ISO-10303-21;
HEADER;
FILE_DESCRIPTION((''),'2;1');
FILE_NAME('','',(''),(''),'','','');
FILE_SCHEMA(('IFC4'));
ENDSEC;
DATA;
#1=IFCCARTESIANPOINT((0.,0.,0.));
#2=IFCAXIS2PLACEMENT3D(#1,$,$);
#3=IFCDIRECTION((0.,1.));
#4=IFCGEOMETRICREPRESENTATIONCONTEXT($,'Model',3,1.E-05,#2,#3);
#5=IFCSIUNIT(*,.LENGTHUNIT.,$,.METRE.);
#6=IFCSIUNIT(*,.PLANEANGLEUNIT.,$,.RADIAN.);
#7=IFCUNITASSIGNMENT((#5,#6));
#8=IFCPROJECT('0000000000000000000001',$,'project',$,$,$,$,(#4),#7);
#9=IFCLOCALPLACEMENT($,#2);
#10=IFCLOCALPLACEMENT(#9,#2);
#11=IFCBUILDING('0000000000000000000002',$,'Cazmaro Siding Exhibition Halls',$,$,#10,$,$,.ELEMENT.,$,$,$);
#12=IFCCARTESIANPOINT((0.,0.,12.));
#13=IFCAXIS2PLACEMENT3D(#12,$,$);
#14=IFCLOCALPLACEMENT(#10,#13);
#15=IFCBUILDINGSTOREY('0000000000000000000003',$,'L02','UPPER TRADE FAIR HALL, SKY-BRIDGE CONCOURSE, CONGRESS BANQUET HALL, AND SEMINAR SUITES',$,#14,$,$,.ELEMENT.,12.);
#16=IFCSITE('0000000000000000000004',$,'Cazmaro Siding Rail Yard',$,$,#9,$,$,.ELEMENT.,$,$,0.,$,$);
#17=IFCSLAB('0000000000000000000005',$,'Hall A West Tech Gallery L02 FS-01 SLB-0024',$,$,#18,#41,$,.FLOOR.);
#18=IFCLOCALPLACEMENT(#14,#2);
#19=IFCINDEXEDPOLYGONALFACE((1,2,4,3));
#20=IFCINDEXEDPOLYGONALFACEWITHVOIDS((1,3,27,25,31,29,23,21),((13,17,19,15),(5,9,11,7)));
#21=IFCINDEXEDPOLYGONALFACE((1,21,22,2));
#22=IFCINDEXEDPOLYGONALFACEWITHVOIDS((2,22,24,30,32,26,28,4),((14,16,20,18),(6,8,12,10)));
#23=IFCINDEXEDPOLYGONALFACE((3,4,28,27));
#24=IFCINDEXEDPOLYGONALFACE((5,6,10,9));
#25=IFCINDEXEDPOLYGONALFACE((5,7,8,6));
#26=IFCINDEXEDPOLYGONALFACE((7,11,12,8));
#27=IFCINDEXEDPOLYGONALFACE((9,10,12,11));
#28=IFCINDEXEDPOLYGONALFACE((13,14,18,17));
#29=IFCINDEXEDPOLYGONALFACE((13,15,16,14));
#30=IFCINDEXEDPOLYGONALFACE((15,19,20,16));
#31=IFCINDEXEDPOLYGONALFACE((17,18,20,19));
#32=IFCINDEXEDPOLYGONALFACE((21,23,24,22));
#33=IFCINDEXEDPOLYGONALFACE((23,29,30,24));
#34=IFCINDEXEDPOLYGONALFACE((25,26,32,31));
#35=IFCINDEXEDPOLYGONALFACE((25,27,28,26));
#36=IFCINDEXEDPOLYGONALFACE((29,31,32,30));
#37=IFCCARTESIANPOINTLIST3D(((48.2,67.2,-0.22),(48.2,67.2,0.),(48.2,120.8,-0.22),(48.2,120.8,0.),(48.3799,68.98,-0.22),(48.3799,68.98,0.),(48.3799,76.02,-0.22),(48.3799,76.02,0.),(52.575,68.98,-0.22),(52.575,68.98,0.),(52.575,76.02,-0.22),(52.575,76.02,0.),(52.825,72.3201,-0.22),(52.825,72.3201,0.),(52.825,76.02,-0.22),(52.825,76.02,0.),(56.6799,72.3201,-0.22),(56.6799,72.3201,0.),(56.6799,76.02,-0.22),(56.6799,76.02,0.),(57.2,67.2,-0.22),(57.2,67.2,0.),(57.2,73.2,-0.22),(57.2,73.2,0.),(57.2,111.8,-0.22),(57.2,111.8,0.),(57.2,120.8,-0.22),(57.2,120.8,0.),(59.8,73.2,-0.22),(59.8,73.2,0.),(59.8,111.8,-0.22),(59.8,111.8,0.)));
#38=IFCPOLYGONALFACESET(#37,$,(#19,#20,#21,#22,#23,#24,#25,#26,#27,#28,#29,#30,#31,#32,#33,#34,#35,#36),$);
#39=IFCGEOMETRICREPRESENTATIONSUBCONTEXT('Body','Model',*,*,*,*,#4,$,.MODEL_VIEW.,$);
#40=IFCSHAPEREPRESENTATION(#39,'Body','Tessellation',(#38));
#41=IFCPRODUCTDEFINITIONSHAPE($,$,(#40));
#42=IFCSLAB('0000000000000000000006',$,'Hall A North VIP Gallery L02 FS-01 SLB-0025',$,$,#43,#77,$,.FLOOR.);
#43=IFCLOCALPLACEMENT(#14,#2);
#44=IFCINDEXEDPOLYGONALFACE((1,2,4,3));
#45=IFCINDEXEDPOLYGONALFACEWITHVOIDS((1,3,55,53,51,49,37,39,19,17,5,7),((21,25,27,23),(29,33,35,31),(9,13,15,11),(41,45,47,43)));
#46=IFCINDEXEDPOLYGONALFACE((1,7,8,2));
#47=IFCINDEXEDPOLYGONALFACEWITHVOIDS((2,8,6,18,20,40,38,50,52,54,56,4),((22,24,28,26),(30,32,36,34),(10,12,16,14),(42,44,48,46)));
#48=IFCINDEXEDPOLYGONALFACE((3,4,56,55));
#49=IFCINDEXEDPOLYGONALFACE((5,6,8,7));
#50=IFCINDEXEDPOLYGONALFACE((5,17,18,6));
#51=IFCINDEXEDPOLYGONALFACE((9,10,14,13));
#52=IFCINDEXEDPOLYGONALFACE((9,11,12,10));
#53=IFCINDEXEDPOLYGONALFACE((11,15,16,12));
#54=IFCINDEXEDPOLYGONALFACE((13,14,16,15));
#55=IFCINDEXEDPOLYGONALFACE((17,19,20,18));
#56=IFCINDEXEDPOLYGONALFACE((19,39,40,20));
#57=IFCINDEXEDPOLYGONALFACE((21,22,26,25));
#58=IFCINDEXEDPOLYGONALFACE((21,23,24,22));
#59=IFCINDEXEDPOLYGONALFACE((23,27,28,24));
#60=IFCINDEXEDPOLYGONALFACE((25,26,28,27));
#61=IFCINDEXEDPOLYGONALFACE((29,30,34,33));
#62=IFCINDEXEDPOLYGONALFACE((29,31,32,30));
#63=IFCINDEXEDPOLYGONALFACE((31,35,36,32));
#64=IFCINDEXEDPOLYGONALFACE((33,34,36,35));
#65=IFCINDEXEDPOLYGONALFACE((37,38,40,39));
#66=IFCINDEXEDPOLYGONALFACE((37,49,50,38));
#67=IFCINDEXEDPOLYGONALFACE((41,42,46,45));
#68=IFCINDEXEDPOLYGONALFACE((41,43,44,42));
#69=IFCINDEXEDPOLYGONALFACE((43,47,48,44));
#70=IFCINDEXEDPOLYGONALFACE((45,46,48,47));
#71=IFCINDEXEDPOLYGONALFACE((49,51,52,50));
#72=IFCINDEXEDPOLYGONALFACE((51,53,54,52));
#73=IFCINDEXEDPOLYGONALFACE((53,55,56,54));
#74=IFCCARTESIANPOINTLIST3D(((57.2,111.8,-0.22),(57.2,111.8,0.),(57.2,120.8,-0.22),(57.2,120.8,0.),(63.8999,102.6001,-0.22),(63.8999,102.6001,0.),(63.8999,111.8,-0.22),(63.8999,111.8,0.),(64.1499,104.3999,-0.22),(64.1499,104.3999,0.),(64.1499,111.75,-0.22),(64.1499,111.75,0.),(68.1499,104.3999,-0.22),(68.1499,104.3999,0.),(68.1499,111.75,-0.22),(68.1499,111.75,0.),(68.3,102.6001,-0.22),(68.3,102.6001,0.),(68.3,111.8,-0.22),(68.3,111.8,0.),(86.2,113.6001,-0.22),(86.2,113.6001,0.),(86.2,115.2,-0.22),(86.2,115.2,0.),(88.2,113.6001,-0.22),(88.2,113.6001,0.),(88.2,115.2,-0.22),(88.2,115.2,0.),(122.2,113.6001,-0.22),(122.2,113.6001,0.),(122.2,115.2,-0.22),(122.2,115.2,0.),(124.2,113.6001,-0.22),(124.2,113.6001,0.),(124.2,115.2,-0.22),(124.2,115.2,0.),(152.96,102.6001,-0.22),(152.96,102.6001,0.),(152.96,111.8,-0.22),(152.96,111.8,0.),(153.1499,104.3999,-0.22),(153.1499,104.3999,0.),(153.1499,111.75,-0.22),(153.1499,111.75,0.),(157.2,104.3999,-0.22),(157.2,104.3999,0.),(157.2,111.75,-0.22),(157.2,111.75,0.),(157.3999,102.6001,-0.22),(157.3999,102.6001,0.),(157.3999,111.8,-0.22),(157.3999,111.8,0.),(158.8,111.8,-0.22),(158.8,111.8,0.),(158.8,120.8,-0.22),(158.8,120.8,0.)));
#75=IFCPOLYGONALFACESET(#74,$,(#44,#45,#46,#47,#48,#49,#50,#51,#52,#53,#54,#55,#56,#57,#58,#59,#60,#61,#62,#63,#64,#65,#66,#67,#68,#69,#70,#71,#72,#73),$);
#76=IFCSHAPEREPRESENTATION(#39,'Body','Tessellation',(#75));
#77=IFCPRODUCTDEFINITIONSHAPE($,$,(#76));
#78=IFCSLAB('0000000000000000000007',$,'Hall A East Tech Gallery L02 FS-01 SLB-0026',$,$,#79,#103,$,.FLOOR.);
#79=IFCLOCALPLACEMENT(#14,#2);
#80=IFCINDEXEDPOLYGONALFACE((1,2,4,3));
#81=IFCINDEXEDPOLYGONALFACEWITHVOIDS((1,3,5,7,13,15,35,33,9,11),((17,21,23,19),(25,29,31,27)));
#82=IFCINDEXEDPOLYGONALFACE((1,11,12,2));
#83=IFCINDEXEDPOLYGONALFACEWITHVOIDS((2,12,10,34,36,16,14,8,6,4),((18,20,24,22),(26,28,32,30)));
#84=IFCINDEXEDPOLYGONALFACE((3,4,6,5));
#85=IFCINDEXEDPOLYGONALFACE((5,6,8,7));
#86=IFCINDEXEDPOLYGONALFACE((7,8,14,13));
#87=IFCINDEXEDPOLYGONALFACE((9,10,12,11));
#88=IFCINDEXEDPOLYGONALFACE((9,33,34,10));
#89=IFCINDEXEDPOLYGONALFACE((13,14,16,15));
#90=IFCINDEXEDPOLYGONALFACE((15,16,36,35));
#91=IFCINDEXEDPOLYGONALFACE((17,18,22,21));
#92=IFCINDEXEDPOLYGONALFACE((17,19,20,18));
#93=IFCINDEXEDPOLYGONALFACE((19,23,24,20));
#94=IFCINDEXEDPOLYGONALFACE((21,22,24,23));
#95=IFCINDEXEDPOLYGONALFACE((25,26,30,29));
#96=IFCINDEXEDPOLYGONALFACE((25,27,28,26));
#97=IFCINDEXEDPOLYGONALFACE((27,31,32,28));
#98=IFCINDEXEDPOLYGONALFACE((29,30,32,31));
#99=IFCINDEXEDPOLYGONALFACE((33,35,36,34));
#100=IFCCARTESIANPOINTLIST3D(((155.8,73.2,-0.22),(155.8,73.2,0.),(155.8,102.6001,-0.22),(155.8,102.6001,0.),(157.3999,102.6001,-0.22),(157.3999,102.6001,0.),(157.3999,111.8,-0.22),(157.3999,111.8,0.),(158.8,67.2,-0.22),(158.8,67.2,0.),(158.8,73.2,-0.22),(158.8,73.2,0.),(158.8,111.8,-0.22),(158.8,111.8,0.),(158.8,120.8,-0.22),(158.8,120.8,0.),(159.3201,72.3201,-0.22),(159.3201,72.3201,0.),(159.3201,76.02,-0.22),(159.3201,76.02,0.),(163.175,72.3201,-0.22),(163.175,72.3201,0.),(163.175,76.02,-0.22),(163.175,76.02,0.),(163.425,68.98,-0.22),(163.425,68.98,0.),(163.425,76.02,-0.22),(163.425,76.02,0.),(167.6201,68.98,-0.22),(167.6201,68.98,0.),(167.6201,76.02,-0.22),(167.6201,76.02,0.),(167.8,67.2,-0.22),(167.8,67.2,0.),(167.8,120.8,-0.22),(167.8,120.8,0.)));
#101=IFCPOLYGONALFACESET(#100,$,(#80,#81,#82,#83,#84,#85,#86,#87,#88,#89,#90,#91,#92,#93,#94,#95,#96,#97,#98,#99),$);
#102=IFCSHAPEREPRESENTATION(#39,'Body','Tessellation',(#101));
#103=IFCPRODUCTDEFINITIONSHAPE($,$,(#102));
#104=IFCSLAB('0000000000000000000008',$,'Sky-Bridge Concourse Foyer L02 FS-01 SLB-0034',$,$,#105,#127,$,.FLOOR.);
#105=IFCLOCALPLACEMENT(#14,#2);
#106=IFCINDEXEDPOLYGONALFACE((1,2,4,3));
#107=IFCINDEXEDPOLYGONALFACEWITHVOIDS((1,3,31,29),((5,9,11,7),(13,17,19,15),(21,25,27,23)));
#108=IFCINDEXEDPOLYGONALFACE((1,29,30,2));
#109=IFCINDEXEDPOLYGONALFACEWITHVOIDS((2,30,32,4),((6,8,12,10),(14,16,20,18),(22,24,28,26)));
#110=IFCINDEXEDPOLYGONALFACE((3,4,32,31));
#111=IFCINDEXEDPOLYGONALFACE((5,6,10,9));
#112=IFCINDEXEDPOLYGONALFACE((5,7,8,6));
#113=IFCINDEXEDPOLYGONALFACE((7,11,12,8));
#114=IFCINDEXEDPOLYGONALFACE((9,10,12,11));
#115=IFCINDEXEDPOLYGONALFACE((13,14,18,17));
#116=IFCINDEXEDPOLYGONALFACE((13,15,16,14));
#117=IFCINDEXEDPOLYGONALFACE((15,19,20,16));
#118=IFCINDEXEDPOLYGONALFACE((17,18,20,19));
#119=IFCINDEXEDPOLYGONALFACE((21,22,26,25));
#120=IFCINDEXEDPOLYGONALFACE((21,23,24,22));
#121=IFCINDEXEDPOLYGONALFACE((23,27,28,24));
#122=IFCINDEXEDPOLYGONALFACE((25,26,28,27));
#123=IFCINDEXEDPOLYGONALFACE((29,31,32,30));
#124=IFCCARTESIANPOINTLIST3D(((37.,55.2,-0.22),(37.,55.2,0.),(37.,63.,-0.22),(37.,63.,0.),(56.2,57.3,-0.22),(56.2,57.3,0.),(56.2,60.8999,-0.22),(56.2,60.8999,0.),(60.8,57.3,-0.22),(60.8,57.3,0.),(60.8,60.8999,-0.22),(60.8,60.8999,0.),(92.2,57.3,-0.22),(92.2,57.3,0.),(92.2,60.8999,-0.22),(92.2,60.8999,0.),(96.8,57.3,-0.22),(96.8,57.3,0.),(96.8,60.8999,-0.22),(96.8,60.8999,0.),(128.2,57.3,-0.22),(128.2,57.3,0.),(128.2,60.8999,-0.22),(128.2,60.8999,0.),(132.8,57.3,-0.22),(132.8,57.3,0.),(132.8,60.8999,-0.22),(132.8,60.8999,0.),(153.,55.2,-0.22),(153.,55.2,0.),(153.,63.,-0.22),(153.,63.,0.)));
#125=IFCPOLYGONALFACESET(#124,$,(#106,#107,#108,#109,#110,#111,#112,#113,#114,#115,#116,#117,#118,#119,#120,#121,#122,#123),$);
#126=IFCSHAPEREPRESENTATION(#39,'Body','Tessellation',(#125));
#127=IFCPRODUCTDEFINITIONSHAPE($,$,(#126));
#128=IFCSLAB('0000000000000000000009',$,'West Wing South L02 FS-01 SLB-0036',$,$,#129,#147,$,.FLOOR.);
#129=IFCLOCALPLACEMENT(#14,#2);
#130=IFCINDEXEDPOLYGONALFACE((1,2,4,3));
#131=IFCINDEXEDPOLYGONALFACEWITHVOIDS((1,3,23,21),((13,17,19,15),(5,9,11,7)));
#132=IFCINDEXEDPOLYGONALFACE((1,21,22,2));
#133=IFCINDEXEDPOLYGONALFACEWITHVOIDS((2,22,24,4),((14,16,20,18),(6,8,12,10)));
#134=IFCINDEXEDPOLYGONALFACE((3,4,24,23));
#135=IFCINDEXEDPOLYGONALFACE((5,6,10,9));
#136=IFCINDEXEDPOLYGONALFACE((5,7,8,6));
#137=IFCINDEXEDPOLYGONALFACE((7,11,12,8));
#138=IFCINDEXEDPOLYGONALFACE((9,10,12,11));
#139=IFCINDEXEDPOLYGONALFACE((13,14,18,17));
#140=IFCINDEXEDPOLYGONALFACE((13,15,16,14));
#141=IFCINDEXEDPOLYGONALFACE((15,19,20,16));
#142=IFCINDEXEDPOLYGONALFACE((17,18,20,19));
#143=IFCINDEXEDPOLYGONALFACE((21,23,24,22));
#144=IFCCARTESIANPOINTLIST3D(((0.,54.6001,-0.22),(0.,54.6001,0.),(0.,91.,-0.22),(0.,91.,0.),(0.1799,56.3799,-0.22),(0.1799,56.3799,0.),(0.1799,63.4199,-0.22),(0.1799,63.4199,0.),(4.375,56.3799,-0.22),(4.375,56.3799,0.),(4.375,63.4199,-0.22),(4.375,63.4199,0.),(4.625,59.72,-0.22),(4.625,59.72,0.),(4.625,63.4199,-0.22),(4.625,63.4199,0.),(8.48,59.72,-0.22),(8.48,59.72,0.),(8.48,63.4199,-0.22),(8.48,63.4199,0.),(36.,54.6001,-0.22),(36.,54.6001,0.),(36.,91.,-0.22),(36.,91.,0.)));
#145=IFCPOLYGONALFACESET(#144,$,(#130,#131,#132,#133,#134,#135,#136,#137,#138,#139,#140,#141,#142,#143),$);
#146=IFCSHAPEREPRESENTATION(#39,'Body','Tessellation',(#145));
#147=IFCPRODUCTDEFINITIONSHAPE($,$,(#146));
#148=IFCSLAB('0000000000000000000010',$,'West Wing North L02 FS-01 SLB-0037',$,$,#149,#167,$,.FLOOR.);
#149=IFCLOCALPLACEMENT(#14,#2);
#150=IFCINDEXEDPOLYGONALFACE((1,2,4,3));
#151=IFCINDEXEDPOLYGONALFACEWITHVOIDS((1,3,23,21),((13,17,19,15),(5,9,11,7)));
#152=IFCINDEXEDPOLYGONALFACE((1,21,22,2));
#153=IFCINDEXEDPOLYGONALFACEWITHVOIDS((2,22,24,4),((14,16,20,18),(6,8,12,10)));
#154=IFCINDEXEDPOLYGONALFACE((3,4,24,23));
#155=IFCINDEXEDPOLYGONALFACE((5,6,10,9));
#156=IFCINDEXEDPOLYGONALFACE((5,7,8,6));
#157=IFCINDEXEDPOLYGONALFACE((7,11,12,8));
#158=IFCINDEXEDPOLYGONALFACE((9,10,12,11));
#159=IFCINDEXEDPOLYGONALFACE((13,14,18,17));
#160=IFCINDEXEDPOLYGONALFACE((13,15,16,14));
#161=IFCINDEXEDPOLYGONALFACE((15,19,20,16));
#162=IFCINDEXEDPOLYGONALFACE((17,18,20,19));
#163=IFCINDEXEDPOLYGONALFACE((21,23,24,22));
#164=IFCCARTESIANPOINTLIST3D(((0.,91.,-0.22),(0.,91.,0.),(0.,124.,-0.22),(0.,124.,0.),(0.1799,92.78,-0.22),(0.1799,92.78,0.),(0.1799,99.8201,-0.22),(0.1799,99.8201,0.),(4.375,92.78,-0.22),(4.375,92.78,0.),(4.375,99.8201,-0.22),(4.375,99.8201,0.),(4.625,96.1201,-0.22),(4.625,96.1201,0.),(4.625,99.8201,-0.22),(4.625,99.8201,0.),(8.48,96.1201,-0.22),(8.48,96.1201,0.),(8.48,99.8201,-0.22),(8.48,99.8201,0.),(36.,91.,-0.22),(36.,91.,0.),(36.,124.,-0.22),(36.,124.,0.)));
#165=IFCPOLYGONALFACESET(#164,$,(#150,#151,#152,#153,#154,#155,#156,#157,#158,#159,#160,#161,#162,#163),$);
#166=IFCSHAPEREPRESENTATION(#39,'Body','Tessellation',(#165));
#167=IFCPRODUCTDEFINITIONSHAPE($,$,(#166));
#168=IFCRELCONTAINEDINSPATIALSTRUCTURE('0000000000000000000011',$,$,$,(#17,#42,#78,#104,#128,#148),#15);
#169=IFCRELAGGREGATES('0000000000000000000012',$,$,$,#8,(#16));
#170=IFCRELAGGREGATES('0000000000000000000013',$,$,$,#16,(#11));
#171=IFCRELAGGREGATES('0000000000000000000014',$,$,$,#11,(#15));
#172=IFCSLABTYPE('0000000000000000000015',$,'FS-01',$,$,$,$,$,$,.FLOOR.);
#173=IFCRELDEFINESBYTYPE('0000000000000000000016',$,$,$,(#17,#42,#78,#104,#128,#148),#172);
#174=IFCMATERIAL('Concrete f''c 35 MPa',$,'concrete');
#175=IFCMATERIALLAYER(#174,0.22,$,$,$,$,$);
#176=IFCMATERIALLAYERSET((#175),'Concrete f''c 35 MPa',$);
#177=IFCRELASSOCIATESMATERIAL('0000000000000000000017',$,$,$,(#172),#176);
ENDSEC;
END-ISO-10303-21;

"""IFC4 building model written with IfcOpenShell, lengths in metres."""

from ifc_helpers import new_model, si_unit, direction, frame, origin, place, context, subcontext, project, spatial, polyline, outline, extrude, material, layer, layer_set, type_object, element, save


model = new_model("IFC4")

# Units and contexts
model_context = context("Model", 3, precision=1e-05, world=origin(), true_north=direction((0.0, 1.0)))
body_context = subcontext(model_context, "Body", "Model", "MODEL_VIEW")
ifc_project = project(units=[si_unit("LENGTHUNIT", "METRE"), si_unit("PLANEANGLEUNIT", "RADIAN")], contexts=[model_context])

# Site, building, storey
site_placement = place(None, origin())
site = spatial("IfcSite", under=ifc_project, at=site_placement, Name="Cazmaro Siding Rail Yard", CompositionType="ELEMENT", RefElevation=0.0)
building_placement = place(site_placement, origin())
building = spatial("IfcBuilding", under=site, at=building_placement, Name="Cazmaro Siding Exhibition Halls", CompositionType="ELEMENT")
storey_placement = place(building_placement, frame((0.0, 0.0, 12.0)))
storey = spatial("IfcBuildingStorey", under=building, at=storey_placement, Name="L02", Description="UPPER TRADE FAIR HALL, SKY-BRIDGE CONCOURSE, CONGRESS BANQUET HALL, AND SEMINAR SUITES", CompositionType="ELEMENT", Elevation=12.0)

# Slabs
ifc_material_1 = material(Name="Concrete f'c 35 MPa", Category="concrete")
ifc_layer_1 = layer(ifc_material_1, 0.22)
ifc_layer_set_1 = layer_set([ifc_layer_1], Name="Concrete f'c 35 MPa")
slab_type_1 = type_object("IfcSlabType", Name="FS-01", PredefinedType="FLOOR", material=ifc_layer_set_1)
slab_1_placement = place(storey_placement, frame((0.0, 0.0, -0.22)))
element("IfcSlab", 1, at=slab_1_placement, inside=storey, type_object=slab_type_1, Name="Hall A West Tech Gallery L02 FS-01 SLB-0024", PredefinedType="FLOOR", context=body_context, shape_type="SweptSolid", body=[
    extrude(outline(polyline([(48.2, 67.2), (57.2, 67.2), (57.2, 73.2), (59.8, 73.2), (59.8, 111.8), (57.2, 111.8), (57.2, 120.8), (48.2, 120.8), (48.2, 67.2)]), holes=[polyline([(48.3799, 68.98), (52.575, 68.98), (52.575, 76.02), (48.3799, 76.02), (48.3799, 68.98)]), polyline([(52.825, 72.3201), (56.6799, 72.3201), (56.6799, 76.02), (52.825, 76.02), (52.825, 72.3201)])]), origin(), (0.0, 0.0, 1.0), 0.22),
])
slab_2_placement = place(storey_placement, frame((0.0, 0.0, -0.22)))
element("IfcSlab", 2, at=slab_2_placement, inside=storey, type_object=slab_type_1, Name="Hall A North VIP Gallery L02 FS-01 SLB-0025", PredefinedType="FLOOR", context=body_context, shape_type="SweptSolid", body=[
    extrude(outline(polyline([(57.2, 111.8), (63.8999, 111.8), (63.8999, 102.6001), (68.3, 102.6001), (68.3, 111.8), (152.96, 111.8), (152.96, 102.6001), (157.3999, 102.6001), (157.3999, 111.8), (158.8, 111.8), (158.8, 120.8), (57.2, 120.8), (57.2, 111.8)]), holes=[polyline([(64.1499, 104.3999), (68.1499, 104.3999), (68.1499, 111.75), (64.1499, 111.75), (64.1499, 104.3999)]), polyline([(153.1499, 104.3999), (157.2, 104.3999), (157.2, 111.75), (153.1499, 111.75), (153.1499, 104.3999)]), polyline([(86.2, 113.6001), (88.2, 113.6001), (88.2, 115.2), (86.2, 115.2), (86.2, 113.6001)]), polyline([(122.2, 113.6001), (124.2, 113.6001), (124.2, 115.2), (122.2, 115.2), (122.2, 113.6001)])]), origin(), (0.0, 0.0, 1.0), 0.22),
])
slab_3_placement = place(storey_placement, frame((0.0, 0.0, -0.22)))
element("IfcSlab", 3, at=slab_3_placement, inside=storey, type_object=slab_type_1, Name="Hall A East Tech Gallery L02 FS-01 SLB-0026", PredefinedType="FLOOR", context=body_context, shape_type="SweptSolid", body=[
    extrude(outline(polyline([(158.8, 67.2), (167.8, 67.2), (167.8, 120.8), (158.8, 120.8), (158.8, 111.8), (157.3999, 111.8), (157.3999, 102.6001), (155.8, 102.6001), (155.8, 73.2), (158.8, 73.2), (158.8, 67.2)]), holes=[polyline([(163.425, 68.98), (167.6201, 68.98), (167.6201, 76.02), (163.425, 76.02), (163.425, 68.98)]), polyline([(159.3201, 72.3201), (163.175, 72.3201), (163.175, 76.02), (159.3201, 76.02), (159.3201, 72.3201)])]), origin(), (0.0, 0.0, 1.0), 0.22),
])
slab_4_placement = place(storey_placement, frame((0.0, 0.0, -0.22)))
element("IfcSlab", 4, at=slab_4_placement, inside=storey, type_object=slab_type_1, Name="Sky-Bridge Concourse Foyer L02 FS-01 SLB-0034", PredefinedType="FLOOR", context=body_context, shape_type="SweptSolid", body=[
    extrude(outline(polyline([(37.0, 55.2), (153.0, 55.2), (153.0, 63.0), (37.0, 63.0), (37.0, 55.2)]), holes=[polyline([(56.2, 57.3), (60.8, 57.3), (60.8, 60.8999), (56.2, 60.8999), (56.2, 57.3)]), polyline([(92.2, 57.3), (96.8, 57.3), (96.8, 60.8999), (92.2, 60.8999), (92.2, 57.3)]), polyline([(128.2, 57.3), (132.8, 57.3), (132.8, 60.8999), (128.2, 60.8999), (128.2, 57.3)])]), origin(), (0.0, 0.0, 1.0), 0.22),
])
slab_5_placement = place(storey_placement, frame((0.0, 0.0, -0.22)))
element("IfcSlab", 5, at=slab_5_placement, inside=storey, type_object=slab_type_1, Name="West Wing South L02 FS-01 SLB-0036", PredefinedType="FLOOR", context=body_context, shape_type="SweptSolid", body=[
    extrude(outline(polyline([(0.0, 54.6001), (36.0, 54.6001), (36.0, 91.0), (0.0, 91.0), (0.0, 54.6001)]), holes=[polyline([(0.1799, 56.3799), (4.375, 56.3799), (4.375, 63.4199), (0.1799, 63.4199), (0.1799, 56.3799)]), polyline([(4.625, 59.72), (8.48, 59.72), (8.48, 63.4199), (4.625, 63.4199), (4.625, 59.72)])]), origin(), (0.0, 0.0, 1.0), 0.22),
])
slab_6_placement = place(storey_placement, frame((0.0, 0.0, -0.22)))
element("IfcSlab", 6, at=slab_6_placement, inside=storey, type_object=slab_type_1, Name="West Wing North L02 FS-01 SLB-0037", PredefinedType="FLOOR", context=body_context, shape_type="SweptSolid", body=[
    extrude(outline(polyline([(0.0, 91.0), (36.0, 91.0), (36.0, 124.0), (0.0, 124.0), (0.0, 91.0)]), holes=[polyline([(0.1799, 92.78), (4.375, 92.78), (4.375, 99.8201), (0.1799, 99.8201), (0.1799, 92.78)]), polyline([(4.625, 96.1201), (8.48, 96.1201), (8.48, 99.8201), (4.625, 99.8201), (4.625, 96.1201)])]), origin(), (0.0, 0.0, 1.0), 0.22),
])

save(model, "model.ifc")
